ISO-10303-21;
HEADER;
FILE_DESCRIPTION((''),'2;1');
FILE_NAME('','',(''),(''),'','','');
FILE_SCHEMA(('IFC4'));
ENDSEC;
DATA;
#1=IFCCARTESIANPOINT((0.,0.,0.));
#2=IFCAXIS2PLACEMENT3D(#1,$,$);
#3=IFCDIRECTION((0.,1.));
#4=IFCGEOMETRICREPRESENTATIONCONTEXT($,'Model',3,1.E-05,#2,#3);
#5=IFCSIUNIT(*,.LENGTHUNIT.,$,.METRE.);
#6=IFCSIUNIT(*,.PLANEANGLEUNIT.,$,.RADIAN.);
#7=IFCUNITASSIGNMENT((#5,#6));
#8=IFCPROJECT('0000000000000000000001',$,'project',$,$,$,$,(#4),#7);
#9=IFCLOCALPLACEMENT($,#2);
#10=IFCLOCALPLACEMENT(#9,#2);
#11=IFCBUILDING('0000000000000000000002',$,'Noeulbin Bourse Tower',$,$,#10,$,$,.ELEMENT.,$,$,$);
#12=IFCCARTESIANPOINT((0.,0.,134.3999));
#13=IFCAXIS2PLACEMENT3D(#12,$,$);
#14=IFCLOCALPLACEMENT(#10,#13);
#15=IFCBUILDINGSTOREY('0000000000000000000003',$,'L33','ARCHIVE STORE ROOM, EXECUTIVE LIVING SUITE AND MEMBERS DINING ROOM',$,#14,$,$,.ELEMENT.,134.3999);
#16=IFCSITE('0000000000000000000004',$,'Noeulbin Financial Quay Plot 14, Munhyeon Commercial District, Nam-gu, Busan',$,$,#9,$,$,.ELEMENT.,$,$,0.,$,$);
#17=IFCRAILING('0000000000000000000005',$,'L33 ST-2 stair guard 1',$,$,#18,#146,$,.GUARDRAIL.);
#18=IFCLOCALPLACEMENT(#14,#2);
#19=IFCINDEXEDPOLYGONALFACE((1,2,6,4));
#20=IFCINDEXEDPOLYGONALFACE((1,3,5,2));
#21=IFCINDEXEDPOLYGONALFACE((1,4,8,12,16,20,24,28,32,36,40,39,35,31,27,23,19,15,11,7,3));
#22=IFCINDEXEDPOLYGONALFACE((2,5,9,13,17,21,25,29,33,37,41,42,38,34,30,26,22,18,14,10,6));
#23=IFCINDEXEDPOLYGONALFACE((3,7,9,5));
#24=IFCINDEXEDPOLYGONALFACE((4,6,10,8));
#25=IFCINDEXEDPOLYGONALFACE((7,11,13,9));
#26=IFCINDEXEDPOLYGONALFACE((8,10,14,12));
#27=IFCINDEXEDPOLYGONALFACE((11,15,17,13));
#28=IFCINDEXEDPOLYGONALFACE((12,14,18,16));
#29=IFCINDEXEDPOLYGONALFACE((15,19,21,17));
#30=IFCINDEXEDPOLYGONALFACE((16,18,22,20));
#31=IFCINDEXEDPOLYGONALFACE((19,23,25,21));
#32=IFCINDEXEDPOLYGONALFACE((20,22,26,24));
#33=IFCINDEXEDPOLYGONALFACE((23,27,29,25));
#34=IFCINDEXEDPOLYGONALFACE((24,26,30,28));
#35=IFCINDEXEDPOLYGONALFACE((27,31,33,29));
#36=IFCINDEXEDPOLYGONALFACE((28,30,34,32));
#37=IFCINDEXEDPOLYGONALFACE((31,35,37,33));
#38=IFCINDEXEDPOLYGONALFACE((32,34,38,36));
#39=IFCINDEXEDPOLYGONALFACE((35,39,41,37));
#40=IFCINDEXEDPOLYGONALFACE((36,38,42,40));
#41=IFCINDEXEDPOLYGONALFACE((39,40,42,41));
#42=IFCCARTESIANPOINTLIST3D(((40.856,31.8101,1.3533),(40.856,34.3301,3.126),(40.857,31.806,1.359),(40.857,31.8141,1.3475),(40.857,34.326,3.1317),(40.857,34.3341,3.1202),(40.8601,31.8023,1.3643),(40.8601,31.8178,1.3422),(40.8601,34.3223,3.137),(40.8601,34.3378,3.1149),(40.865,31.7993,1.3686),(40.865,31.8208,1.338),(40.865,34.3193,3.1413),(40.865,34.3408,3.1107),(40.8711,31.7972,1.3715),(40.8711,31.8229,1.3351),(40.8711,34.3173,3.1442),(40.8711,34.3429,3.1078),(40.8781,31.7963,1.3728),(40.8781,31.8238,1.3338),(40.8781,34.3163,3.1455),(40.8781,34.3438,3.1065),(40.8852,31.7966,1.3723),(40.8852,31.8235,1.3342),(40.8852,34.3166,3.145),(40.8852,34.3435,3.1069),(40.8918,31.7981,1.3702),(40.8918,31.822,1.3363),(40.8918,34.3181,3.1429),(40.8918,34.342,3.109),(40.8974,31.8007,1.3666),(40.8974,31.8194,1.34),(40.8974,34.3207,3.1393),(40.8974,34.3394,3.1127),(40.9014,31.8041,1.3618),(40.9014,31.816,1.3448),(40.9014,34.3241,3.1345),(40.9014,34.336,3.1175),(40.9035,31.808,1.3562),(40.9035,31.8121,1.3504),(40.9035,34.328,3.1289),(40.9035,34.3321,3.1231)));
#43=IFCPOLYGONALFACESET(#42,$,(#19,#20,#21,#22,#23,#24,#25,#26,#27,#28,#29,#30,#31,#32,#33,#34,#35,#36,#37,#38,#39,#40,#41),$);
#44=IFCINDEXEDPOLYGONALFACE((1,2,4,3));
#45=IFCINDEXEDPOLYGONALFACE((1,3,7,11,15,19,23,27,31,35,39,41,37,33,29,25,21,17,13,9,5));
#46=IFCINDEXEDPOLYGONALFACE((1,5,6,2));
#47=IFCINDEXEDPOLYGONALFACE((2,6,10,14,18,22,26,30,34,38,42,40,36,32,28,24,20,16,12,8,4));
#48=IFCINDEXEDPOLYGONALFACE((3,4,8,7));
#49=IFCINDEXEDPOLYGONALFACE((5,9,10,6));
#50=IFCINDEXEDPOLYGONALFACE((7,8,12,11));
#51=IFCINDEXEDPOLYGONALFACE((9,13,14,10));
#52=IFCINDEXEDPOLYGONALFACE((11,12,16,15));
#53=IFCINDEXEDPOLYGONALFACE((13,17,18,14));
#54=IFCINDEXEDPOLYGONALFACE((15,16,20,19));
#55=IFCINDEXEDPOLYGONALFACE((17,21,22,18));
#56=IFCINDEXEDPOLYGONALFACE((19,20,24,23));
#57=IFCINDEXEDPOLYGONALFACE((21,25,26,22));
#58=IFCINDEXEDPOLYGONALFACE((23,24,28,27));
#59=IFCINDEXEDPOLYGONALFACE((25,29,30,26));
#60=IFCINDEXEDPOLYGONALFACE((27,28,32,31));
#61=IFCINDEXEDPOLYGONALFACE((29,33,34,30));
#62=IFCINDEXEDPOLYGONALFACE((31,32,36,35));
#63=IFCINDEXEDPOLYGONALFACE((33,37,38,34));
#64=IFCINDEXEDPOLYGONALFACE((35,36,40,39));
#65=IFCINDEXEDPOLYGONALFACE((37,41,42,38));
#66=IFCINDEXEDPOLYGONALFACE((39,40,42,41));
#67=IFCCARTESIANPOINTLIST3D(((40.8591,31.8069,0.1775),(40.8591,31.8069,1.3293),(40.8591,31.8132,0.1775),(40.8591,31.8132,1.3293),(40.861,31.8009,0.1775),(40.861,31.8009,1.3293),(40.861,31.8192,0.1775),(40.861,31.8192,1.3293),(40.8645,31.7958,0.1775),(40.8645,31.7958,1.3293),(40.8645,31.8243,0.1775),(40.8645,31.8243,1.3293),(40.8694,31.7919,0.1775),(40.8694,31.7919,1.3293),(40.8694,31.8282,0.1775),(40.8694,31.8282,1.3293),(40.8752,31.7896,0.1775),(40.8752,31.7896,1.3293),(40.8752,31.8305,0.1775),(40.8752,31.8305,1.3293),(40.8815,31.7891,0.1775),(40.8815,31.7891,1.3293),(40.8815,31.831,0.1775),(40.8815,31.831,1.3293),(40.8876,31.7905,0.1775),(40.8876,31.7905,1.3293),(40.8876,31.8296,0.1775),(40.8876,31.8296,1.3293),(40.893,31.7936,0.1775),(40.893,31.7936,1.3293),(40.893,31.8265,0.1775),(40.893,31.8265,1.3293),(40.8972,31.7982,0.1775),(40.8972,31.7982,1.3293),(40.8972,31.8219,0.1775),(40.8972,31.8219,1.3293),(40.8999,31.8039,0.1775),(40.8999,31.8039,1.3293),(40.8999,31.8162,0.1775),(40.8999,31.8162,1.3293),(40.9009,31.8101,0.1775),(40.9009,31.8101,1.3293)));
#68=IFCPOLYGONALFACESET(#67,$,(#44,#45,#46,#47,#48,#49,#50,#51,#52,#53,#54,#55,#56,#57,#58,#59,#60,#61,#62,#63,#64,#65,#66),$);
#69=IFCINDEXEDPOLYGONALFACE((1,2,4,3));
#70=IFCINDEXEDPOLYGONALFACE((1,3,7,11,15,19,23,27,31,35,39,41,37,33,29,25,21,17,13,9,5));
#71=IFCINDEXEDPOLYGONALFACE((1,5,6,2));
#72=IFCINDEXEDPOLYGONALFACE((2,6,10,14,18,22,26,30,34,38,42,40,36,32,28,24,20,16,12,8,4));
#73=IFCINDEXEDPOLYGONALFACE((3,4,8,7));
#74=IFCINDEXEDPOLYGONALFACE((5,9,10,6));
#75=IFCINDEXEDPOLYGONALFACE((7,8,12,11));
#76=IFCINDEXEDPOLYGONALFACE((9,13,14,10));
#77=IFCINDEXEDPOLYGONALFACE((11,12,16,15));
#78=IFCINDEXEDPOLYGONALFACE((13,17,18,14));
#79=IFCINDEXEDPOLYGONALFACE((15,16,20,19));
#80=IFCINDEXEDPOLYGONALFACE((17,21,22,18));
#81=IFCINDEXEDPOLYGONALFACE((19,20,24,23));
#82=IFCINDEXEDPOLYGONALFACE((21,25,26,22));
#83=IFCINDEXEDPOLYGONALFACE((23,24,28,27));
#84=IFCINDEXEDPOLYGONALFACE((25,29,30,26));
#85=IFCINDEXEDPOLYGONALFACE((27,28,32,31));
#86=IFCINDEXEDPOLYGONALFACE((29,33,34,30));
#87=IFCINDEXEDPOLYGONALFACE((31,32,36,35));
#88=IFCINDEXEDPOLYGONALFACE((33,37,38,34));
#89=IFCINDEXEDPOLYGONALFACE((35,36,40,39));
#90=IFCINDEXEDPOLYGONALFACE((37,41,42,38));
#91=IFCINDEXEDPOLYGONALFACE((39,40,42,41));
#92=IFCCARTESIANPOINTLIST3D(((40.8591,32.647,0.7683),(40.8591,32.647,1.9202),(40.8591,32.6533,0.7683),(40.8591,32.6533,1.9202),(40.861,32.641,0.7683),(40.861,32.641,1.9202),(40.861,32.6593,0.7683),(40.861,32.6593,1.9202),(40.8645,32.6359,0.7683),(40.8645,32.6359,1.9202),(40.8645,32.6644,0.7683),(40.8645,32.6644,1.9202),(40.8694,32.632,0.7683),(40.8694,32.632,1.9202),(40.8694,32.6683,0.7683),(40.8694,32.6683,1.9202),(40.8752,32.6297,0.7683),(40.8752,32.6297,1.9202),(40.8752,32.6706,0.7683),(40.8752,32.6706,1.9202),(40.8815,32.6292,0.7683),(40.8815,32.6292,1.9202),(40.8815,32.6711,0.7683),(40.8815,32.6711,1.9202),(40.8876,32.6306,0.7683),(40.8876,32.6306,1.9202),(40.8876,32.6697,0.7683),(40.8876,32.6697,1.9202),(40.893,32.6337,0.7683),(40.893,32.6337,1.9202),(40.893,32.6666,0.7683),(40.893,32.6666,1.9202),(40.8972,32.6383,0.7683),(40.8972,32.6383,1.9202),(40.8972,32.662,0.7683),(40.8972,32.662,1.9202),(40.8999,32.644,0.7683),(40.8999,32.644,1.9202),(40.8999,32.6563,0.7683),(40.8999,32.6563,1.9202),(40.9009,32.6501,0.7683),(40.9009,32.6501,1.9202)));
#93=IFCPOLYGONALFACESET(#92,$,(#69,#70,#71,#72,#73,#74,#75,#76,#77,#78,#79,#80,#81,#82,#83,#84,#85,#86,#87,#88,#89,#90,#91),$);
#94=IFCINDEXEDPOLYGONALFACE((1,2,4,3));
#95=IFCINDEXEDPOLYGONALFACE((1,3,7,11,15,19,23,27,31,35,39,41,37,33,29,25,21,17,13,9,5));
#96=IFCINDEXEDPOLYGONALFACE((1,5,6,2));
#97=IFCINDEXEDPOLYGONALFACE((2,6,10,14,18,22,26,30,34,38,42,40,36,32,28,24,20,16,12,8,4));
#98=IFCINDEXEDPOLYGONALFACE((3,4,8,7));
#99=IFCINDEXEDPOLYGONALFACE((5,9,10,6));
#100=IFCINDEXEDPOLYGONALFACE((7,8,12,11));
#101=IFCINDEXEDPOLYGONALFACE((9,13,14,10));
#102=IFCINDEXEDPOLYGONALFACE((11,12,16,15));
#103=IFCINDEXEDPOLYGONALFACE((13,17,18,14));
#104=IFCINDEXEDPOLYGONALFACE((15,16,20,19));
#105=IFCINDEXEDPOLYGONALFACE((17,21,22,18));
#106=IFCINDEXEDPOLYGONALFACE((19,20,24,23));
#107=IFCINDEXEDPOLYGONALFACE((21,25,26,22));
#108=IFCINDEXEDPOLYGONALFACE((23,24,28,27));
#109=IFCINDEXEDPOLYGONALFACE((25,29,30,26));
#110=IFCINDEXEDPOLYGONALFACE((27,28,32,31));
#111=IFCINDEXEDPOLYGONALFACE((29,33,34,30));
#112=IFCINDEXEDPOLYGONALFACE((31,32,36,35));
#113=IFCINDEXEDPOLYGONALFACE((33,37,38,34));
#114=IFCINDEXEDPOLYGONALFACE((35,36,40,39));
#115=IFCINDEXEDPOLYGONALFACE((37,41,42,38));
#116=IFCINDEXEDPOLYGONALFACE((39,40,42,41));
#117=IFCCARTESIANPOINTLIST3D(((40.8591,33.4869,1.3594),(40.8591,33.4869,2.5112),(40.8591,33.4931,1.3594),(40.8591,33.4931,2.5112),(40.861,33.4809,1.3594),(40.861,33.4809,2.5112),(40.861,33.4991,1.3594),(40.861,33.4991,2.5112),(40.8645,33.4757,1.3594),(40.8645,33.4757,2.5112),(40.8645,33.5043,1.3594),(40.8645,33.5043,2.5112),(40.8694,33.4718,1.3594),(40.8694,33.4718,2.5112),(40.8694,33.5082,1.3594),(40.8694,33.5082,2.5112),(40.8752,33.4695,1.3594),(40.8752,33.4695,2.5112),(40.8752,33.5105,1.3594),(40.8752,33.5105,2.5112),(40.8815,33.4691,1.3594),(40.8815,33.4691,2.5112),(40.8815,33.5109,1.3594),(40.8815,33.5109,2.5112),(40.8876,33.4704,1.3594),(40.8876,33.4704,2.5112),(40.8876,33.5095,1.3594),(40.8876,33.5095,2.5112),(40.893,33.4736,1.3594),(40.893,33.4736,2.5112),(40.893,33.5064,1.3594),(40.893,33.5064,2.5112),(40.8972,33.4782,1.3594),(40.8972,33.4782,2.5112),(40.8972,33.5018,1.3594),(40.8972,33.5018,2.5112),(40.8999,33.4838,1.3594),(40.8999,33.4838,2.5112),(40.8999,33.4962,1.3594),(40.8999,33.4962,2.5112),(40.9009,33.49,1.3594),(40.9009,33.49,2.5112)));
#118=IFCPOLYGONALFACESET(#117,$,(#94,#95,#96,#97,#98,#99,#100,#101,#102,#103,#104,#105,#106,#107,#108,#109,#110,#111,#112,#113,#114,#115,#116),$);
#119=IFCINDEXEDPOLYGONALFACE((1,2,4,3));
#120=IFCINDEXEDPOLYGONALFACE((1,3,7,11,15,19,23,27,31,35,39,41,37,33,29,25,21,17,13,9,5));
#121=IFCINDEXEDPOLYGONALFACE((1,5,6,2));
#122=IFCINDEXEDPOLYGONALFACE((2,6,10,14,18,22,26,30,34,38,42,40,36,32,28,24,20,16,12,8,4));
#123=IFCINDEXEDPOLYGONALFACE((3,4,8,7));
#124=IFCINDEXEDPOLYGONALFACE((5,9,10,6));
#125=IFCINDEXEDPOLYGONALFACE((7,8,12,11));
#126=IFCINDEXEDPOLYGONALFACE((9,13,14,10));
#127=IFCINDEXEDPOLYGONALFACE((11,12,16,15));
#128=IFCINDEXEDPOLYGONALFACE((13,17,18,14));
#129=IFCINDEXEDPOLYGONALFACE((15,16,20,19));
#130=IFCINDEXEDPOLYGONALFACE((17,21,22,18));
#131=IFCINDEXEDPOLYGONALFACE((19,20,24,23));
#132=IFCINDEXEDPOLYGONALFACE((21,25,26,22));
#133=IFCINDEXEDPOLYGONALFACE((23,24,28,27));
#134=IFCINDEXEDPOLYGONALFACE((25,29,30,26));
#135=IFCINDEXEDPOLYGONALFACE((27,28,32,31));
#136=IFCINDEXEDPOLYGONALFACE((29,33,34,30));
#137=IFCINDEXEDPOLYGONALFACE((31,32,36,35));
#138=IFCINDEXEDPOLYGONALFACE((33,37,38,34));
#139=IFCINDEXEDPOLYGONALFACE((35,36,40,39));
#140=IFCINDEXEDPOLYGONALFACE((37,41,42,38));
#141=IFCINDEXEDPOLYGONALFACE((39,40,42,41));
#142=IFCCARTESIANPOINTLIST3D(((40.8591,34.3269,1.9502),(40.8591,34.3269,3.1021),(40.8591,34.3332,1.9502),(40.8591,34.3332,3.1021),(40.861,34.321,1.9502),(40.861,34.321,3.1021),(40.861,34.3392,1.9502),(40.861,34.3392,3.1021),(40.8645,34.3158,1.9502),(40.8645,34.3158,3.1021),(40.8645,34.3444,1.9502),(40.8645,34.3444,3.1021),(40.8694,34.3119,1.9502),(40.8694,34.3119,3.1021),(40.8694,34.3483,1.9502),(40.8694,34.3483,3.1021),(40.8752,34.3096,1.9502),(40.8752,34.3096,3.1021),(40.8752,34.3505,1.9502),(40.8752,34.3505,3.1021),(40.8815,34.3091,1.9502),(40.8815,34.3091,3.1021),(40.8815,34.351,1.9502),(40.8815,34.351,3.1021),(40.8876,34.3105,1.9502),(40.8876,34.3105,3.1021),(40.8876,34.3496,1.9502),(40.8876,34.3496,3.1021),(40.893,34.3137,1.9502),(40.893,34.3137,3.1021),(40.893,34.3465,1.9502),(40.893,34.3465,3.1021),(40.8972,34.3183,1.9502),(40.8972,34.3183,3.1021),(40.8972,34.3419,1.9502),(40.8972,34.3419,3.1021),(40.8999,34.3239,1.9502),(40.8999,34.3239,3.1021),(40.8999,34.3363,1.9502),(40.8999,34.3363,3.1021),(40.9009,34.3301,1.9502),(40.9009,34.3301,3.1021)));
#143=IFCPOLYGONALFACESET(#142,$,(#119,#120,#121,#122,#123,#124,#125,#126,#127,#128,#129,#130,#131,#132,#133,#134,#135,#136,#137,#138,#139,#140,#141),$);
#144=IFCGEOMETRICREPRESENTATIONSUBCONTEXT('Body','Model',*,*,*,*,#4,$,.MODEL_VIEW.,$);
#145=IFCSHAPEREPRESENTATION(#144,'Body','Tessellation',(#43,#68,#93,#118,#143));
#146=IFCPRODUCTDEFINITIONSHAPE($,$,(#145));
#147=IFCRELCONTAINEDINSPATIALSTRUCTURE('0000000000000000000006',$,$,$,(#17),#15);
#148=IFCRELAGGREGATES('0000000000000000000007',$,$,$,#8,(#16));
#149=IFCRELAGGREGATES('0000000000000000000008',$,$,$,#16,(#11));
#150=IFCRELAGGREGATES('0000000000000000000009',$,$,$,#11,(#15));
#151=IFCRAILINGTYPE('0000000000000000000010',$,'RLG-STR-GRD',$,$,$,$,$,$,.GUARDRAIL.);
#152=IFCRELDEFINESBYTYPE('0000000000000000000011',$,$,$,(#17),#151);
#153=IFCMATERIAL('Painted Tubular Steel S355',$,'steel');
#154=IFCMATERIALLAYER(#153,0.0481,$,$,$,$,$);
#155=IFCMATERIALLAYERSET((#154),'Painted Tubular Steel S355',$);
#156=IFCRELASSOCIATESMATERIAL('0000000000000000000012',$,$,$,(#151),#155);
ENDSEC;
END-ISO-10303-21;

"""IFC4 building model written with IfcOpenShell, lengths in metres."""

from ifc_helpers import new_model, si_unit, direction, frame, origin, origin_2d, place, context, subcontext, project, spatial, circle, extrude, material, layer, layer_set, type_object, element, save


model = new_model("IFC4")

# Units and contexts
model_context = context("Model", 3, precision=1e-05, world=origin(), true_north=direction((0.0, 1.0)))
body_context = subcontext(model_context, "Body", "Model", "MODEL_VIEW")
ifc_project = project(units=[si_unit("LENGTHUNIT", "METRE"), si_unit("PLANEANGLEUNIT", "RADIAN")], contexts=[model_context])

# Site, building, storey
site_placement = place(None, origin())
site = spatial("IfcSite", under=ifc_project, at=site_placement, Name="Noeulbin Financial Quay Plot 14, Munhyeon Commercial District, Nam-gu, Busan", CompositionType="ELEMENT", RefElevation=0.0)
building_placement = place(site_placement, origin())
building = spatial("IfcBuilding", under=site, at=building_placement, Name="Noeulbin Bourse Tower", CompositionType="ELEMENT")
storey_placement = place(building_placement, frame((0.0, 0.0, 134.3999)))
storey = spatial("IfcBuildingStorey", under=building, at=storey_placement, Name="L33", Description="ARCHIVE STORE ROOM, EXECUTIVE LIVING SUITE AND MEMBERS DINING ROOM", CompositionType="ELEMENT", Elevation=134.3999)

# Railing
ifc_material_1 = material(Name="Painted Tubular Steel S355", Category="steel")
ifc_layer_1 = layer(ifc_material_1, 0.0481)
ifc_layer_set_1 = layer_set([ifc_layer_1], Name="Painted Tubular Steel S355")
railing_type_1 = type_object("IfcRailingType", Name="RLG-STR-GRD", PredefinedType="GUARDRAIL", material=ifc_layer_set_1)
railing_1_placement = place(storey_placement, frame((40.8799, 31.8101, 0.1775)))
element("IfcRailing", 1, at=railing_1_placement, inside=storey, type_object=railing_type_1, Name="L33 ST-2 stair guard 1", PredefinedType="GUARDRAIL", context=body_context, shape_type="SweptSolid", body=[
    extrude(circle(Radius=0.0239, at=origin_2d()), frame((0.0, 0.0, 1.1758), z_axis=(0.0, 0.817904, 0.575354), x_axis=(-1.0, 0.0, 0.0)), (0.0, 0.0, 1.0), 3.0811),
    extrude(circle(Radius=0.021, at=origin_2d()), origin(), (0.0, 0.0, 1.0), 1.1519),
    extrude(circle(Radius=0.021, at=origin_2d()), frame((0.0, 0.8401, 0.5908)), (0.0, 0.0, 1.0), 1.1519),
    extrude(circle(Radius=0.021, at=origin_2d()), frame((0.0, 1.6799, 1.1819)), (0.0, 0.0, 1.0), 1.1519),
    extrude(circle(Radius=0.021, at=origin_2d()), frame((0.0, 2.52, 1.7727)), (0.0, 0.0, 1.0), 1.1519),
])

save(model, "model.ifc")
